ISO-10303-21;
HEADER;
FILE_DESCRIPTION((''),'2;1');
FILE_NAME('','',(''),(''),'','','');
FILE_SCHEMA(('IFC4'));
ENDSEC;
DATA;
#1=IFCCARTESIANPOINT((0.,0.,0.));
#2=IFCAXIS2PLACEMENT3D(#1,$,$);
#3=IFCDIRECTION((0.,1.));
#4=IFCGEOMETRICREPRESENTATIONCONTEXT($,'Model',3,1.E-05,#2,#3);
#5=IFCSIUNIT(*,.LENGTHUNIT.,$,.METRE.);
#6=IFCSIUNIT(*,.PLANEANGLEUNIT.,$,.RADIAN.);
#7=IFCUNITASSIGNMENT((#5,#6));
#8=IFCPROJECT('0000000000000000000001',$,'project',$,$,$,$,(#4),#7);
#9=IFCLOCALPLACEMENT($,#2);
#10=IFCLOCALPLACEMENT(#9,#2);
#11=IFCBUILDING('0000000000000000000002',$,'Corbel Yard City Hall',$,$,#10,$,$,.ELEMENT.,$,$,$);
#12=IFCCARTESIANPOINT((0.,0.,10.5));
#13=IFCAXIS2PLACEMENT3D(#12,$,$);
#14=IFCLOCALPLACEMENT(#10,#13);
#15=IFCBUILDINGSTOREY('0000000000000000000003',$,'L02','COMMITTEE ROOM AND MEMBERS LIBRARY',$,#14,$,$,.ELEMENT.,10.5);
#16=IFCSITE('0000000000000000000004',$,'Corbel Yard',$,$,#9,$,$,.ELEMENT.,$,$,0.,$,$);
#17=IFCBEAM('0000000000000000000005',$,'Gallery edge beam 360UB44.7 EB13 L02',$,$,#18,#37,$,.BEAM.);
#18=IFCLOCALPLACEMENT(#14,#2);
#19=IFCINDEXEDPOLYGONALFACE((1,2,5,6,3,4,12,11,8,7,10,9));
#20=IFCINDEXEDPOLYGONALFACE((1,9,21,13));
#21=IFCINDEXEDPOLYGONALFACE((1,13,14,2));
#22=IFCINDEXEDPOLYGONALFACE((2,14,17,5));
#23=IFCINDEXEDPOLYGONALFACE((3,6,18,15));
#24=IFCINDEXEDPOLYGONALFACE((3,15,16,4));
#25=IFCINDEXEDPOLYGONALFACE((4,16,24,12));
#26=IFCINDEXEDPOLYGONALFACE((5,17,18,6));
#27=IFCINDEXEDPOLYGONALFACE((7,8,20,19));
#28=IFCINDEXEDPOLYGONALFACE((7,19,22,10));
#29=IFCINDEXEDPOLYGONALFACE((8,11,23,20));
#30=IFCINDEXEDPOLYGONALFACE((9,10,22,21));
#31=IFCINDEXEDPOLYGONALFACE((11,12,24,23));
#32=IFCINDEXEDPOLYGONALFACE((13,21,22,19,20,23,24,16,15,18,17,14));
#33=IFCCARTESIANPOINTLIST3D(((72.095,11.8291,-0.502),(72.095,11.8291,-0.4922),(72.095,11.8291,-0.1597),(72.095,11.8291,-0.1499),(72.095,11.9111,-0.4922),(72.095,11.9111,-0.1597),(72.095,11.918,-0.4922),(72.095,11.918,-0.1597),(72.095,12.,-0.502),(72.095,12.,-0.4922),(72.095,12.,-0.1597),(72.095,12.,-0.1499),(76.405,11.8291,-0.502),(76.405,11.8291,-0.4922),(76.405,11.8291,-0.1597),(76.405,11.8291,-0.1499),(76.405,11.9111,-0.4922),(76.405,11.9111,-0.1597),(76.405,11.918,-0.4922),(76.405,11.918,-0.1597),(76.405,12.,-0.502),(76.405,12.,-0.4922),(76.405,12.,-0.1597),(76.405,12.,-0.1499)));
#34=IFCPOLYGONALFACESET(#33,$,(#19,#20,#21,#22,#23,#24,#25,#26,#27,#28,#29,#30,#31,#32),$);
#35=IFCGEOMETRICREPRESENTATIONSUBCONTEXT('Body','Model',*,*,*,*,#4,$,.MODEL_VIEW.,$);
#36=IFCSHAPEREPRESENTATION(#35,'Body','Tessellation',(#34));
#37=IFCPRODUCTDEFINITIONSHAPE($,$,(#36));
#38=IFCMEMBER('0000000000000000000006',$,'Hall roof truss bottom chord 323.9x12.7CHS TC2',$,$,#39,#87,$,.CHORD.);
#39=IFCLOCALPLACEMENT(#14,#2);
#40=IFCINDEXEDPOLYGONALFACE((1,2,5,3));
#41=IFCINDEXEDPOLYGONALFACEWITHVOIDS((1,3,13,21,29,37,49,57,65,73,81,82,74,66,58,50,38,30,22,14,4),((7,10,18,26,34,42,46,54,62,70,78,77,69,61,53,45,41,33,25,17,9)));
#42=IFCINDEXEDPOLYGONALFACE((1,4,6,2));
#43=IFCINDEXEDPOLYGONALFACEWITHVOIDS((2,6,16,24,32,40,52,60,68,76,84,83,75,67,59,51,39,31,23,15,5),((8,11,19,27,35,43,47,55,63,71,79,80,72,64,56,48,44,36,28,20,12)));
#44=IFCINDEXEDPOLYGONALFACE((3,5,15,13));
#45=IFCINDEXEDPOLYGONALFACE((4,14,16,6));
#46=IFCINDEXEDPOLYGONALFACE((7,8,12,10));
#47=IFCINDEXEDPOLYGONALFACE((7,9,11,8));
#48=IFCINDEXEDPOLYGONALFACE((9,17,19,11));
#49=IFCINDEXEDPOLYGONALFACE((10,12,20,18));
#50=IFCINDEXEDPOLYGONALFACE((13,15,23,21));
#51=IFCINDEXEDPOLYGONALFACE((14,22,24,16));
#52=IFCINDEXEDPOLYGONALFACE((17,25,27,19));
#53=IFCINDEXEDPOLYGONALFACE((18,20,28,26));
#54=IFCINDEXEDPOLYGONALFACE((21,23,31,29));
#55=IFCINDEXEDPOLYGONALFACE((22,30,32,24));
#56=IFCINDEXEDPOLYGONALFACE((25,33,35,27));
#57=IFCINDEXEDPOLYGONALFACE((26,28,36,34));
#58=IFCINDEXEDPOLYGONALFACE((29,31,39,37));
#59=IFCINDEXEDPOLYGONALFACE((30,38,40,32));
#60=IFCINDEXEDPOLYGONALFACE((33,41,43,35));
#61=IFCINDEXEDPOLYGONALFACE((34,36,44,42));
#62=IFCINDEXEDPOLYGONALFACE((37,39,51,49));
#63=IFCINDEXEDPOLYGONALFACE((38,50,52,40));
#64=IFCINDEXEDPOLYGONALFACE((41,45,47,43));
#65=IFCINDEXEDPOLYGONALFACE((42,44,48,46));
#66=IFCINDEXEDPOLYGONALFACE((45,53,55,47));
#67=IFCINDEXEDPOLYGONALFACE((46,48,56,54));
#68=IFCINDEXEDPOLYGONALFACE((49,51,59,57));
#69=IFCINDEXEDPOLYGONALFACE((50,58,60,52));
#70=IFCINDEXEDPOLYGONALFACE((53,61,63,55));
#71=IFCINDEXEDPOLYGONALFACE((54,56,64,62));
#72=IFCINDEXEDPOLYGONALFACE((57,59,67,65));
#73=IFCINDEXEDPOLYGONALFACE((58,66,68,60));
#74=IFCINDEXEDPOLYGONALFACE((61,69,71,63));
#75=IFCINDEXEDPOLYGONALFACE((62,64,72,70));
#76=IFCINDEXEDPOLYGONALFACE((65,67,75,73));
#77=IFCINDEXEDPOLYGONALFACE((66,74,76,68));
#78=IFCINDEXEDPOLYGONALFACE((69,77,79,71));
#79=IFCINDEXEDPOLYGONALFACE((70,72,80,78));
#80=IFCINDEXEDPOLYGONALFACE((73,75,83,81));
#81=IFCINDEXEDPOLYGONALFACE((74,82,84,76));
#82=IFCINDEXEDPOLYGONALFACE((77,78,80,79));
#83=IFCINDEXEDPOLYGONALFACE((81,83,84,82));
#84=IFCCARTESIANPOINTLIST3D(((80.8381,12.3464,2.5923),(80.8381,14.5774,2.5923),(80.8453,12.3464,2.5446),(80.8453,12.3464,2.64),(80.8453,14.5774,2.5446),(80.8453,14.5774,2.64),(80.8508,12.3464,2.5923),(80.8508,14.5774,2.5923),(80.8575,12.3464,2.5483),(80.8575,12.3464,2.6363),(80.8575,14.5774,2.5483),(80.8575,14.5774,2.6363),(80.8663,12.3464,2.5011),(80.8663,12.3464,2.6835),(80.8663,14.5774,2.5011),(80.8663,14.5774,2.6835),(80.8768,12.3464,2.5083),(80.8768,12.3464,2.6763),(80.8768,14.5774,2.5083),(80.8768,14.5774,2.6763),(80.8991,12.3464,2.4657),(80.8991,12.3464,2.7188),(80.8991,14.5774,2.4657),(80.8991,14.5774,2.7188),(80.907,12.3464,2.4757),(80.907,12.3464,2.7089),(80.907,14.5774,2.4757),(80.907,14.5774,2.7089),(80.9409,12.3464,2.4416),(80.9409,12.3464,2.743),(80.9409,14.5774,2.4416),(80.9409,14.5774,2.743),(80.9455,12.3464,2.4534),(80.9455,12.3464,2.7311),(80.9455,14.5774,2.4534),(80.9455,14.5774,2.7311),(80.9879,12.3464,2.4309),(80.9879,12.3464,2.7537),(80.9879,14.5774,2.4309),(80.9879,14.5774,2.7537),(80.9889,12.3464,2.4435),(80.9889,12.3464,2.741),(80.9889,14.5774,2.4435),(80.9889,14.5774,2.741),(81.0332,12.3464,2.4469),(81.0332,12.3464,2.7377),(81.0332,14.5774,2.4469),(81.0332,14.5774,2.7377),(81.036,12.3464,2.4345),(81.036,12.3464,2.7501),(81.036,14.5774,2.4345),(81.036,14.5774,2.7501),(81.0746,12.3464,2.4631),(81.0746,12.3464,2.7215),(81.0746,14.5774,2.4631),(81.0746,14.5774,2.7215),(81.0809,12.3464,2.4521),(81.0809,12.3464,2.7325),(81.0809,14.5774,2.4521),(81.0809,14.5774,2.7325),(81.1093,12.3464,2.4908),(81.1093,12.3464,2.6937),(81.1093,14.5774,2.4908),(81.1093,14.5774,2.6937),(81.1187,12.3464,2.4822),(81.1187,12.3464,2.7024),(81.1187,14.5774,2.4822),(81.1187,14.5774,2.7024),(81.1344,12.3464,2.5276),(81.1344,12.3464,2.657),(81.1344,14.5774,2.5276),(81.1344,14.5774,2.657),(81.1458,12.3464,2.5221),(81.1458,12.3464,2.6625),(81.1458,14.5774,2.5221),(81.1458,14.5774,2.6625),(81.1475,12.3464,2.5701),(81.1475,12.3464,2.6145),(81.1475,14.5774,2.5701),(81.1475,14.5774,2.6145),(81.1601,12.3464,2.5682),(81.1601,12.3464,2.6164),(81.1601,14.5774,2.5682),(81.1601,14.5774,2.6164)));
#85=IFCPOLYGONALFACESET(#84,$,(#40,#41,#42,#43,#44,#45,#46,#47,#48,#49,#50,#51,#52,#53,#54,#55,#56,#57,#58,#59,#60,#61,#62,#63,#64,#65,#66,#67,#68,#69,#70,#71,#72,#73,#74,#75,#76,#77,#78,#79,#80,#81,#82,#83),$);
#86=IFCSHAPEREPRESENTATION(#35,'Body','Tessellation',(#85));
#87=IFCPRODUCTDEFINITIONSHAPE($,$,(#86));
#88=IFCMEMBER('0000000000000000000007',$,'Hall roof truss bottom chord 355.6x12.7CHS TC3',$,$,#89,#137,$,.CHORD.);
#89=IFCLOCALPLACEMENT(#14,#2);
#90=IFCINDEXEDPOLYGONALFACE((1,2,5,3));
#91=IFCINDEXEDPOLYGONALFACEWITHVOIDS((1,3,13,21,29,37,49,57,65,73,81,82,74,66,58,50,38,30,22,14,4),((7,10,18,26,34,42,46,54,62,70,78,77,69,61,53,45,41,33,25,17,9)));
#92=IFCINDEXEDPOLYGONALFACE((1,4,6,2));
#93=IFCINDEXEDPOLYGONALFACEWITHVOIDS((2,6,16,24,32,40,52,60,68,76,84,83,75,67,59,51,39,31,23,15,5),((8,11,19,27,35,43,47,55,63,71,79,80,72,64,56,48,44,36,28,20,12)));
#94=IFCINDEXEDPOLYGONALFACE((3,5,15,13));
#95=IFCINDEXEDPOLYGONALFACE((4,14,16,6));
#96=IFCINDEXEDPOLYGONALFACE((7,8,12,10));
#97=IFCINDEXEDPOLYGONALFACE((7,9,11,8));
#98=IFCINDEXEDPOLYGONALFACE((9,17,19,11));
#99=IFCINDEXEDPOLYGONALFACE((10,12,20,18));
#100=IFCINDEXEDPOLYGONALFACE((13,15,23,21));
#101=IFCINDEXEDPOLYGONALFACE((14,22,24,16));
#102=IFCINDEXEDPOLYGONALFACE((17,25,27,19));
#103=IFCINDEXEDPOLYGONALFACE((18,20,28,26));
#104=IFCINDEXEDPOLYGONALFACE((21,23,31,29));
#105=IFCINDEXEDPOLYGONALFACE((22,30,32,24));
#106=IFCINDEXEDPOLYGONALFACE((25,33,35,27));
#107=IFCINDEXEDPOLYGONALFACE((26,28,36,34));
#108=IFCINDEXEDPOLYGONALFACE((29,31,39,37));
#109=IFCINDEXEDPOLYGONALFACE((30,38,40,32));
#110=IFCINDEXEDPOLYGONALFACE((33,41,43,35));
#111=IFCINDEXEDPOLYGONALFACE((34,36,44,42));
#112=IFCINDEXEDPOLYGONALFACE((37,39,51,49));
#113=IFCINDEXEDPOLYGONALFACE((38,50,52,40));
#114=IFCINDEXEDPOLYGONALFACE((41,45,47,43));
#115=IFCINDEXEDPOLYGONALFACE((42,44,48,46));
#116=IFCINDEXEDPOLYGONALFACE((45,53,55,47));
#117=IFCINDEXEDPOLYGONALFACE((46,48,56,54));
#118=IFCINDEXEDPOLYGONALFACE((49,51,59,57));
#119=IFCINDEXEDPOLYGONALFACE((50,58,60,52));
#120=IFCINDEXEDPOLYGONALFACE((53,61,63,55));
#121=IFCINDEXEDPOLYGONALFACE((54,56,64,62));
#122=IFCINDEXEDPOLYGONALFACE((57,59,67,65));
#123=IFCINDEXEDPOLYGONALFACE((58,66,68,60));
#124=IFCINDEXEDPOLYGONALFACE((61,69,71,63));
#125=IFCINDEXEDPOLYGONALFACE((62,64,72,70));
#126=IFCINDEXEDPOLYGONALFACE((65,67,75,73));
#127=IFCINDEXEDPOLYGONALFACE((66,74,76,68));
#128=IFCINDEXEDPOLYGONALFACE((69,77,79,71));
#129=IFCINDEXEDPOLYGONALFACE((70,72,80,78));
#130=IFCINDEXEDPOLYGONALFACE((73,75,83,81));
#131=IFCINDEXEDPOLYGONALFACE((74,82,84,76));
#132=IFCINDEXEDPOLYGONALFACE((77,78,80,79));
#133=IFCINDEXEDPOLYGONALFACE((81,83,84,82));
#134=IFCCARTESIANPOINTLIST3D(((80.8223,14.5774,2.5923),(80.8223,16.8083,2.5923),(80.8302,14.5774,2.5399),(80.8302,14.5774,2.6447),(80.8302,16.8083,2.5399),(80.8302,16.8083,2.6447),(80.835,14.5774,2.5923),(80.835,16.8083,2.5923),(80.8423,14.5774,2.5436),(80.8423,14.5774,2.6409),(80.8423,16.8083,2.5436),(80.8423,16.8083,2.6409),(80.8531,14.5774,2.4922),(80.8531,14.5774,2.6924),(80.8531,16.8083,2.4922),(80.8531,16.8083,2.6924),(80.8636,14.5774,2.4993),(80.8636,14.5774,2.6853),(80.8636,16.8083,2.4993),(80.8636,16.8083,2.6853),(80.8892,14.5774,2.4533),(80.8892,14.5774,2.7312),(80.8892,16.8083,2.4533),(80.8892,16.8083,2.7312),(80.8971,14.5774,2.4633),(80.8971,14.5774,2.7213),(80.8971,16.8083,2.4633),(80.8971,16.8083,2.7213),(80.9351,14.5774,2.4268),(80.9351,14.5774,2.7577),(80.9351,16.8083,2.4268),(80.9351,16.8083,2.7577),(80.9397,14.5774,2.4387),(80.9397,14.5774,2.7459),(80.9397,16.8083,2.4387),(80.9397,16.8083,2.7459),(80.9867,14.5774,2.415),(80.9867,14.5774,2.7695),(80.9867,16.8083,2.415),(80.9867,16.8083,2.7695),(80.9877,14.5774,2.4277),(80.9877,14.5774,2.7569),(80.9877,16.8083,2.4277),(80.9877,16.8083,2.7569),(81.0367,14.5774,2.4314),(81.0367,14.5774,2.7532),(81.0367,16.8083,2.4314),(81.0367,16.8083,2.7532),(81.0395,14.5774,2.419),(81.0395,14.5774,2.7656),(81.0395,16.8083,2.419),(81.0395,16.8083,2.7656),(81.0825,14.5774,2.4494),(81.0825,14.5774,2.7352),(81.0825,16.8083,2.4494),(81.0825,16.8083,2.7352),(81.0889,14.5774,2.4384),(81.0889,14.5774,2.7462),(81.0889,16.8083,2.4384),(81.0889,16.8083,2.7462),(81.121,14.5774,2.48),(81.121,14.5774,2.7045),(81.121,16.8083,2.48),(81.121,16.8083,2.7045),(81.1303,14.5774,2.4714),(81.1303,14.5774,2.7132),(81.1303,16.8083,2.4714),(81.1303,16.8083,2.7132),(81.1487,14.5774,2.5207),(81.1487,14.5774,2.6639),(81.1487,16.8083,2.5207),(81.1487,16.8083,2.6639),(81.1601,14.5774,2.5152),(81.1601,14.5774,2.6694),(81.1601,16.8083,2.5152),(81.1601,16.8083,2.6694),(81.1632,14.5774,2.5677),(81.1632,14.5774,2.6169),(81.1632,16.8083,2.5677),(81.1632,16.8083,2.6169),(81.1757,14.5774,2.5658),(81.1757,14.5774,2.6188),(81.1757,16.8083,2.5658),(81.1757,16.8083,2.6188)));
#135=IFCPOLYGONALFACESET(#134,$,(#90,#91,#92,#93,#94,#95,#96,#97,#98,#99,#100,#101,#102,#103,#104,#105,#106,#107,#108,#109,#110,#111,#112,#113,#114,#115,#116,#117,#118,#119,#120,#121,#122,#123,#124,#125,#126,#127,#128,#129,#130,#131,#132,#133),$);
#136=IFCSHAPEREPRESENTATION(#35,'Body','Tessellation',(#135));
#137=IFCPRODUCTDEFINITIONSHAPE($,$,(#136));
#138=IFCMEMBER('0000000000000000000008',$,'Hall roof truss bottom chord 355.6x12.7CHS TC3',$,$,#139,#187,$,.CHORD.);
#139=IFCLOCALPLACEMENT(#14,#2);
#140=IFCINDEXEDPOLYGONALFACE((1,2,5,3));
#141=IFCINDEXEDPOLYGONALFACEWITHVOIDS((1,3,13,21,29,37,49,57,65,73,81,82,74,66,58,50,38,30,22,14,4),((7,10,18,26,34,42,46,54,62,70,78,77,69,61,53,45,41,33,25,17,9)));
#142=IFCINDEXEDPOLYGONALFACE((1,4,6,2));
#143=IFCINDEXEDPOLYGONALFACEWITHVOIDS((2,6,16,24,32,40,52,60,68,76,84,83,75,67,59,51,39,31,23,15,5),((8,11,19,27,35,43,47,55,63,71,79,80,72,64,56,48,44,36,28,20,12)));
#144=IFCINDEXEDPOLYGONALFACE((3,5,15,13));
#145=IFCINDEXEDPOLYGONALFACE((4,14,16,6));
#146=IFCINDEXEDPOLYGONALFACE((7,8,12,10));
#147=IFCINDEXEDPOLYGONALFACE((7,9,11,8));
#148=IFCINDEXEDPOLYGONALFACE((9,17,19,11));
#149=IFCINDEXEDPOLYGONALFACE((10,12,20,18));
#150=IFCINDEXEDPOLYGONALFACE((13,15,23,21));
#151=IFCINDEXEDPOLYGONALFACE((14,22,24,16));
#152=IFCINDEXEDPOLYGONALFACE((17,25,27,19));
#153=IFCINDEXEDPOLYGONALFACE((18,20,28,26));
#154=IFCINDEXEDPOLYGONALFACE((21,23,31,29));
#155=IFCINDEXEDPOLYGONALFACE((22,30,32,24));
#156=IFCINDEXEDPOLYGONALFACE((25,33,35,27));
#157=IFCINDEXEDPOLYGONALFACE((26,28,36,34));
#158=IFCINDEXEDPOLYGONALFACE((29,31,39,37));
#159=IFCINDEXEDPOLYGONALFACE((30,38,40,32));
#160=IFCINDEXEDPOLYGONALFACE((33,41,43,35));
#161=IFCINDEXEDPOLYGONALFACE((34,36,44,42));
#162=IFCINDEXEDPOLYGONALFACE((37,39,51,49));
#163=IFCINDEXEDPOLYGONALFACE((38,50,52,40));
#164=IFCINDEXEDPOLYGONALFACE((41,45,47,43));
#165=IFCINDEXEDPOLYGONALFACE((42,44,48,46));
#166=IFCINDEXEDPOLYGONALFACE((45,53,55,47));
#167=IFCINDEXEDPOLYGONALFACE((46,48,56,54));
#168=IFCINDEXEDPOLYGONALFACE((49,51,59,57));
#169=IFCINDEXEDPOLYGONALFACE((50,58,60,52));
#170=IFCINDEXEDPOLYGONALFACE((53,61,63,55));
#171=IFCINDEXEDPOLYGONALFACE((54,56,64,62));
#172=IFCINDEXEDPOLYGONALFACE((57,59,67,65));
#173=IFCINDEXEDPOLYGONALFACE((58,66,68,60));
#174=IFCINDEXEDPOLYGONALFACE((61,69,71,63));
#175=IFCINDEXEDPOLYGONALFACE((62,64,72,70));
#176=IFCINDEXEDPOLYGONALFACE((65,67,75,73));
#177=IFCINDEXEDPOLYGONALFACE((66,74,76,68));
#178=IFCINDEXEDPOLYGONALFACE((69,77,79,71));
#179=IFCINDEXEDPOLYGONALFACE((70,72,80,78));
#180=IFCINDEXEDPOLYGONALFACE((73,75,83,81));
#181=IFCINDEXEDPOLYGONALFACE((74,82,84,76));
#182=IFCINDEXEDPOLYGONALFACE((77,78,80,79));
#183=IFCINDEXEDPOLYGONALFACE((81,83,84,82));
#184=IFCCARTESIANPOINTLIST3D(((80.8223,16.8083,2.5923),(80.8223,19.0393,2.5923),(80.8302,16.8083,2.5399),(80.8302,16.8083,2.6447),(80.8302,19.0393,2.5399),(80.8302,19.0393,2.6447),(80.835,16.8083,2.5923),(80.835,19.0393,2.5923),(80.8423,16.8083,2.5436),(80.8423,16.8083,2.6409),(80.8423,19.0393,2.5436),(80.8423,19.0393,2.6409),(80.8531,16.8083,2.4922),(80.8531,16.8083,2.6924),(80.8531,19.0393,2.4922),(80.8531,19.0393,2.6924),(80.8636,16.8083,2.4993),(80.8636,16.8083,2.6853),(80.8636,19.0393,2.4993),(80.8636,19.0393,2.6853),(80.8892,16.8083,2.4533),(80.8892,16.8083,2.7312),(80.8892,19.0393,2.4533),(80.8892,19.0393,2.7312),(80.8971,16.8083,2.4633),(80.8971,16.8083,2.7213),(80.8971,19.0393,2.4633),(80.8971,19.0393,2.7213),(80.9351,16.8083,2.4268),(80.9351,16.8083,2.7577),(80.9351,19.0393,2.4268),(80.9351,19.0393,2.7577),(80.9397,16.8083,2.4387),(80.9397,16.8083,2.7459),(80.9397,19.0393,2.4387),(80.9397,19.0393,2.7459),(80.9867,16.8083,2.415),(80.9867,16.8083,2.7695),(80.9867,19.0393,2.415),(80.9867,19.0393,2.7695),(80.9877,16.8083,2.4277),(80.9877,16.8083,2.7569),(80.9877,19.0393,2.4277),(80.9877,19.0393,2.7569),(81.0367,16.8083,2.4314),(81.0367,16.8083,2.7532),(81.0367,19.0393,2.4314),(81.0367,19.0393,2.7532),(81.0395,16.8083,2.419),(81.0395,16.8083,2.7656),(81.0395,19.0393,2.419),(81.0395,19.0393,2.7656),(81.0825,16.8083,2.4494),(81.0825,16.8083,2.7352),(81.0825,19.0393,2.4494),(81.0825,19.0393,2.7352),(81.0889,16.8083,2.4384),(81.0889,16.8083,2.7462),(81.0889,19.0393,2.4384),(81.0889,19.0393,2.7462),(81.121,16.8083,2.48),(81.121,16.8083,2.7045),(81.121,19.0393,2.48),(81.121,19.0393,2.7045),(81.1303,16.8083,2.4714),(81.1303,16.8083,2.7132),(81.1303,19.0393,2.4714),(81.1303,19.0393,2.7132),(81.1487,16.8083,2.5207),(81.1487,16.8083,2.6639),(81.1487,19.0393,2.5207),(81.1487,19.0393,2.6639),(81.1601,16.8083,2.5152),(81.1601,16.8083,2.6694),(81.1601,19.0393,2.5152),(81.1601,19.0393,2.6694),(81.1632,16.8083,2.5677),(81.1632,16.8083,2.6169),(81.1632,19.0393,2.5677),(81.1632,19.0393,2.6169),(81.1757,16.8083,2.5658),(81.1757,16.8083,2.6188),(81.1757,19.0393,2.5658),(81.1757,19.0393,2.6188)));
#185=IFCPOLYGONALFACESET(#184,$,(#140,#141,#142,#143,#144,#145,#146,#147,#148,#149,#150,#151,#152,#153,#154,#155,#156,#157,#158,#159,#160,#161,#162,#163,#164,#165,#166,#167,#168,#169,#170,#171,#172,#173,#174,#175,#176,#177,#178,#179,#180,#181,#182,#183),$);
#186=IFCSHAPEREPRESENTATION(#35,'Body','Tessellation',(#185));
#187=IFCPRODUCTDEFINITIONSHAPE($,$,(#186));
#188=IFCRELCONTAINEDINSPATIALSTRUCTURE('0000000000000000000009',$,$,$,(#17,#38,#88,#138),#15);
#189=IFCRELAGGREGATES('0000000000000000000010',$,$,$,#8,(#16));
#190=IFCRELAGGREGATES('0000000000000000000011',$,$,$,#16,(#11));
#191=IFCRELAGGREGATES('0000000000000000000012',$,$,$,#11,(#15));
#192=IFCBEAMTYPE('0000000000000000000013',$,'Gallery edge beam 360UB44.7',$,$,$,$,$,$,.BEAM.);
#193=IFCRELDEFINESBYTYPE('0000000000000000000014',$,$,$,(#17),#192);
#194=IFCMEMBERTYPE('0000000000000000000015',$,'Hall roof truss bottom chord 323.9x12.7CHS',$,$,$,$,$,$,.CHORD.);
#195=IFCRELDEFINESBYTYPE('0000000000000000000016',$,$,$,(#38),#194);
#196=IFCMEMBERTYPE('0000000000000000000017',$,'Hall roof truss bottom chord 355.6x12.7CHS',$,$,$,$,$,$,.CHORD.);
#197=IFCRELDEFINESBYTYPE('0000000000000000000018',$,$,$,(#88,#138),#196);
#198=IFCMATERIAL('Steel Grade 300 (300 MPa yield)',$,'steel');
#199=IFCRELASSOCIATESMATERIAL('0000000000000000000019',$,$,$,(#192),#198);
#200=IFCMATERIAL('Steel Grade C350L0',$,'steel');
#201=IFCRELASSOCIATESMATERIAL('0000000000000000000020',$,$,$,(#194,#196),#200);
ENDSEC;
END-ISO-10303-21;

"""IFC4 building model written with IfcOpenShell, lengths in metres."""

from ifc_helpers import new_model, si_unit, direction, frame, origin, origin_2d, place, context, subcontext, project, spatial, hollow_circle, i_section, extrude, material, material_profile, profile_set, type_object, element, save


model = new_model("IFC4")

# Units and contexts
model_context = context("Model", 3, precision=1e-05, world=origin(), true_north=direction((0.0, 1.0)))
body_context = subcontext(model_context, "Body", "Model", "MODEL_VIEW")
ifc_project = project(units=[si_unit("LENGTHUNIT", "METRE"), si_unit("PLANEANGLEUNIT", "RADIAN")], contexts=[model_context])

# Site, building, storey
site_placement = place(None, origin())
site = spatial("IfcSite", under=ifc_project, at=site_placement, Name="Corbel Yard", CompositionType="ELEMENT", RefElevation=0.0)
building_placement = place(site_placement, origin())
building = spatial("IfcBuilding", under=site, at=building_placement, Name="Corbel Yard City Hall", CompositionType="ELEMENT")
storey_placement = place(building_placement, frame((0.0, 0.0, 10.5)))
storey = spatial("IfcBuildingStorey", under=building, at=storey_placement, Name="L02", Description="COMMITTEE ROOM AND MEMBERS LIBRARY", CompositionType="ELEMENT", Elevation=10.5)

# Beam
ifc_material_1 = material(Name="Steel Grade 300 (300 MPa yield)", Category="steel")
ifc_material_profile_1 = material_profile(ifc_material_1, i_section(OverallWidth=0.1709, OverallDepth=0.3521, WebThickness=0.0068, FlangeThickness=0.0098, at=origin_2d()), Name="360UB44.7")
ifc_profile_set_1 = profile_set([ifc_material_profile_1], Name="Steel Grade 300 (300 MPa yield)")
beam_type = type_object("IfcBeamType", Name="Gallery edge beam 360UB44.7", PredefinedType="BEAM", material=ifc_profile_set_1)
beam_placement = place(storey_placement, frame((72.095, 11.9146, -0.3259), z_axis=(1.0, 0.0, 0.0), x_axis=(0.0, 1.0, 0.0)))
element("IfcBeam", 1, at=beam_placement, inside=storey, type_object=beam_type, Name="Gallery edge beam 360UB44.7 EB13 L02", PredefinedType="BEAM", context=body_context, shape_type="SweptSolid", body=[
    extrude(i_section(OverallWidth=0.1709, OverallDepth=0.3521, WebThickness=0.0068, FlangeThickness=0.0098, at=origin_2d()), origin(), (0.0, 0.0, 1.0), 4.3101),
])

# Members
ifc_material_2 = material(Name="Steel Grade C350L0", Category="steel")
ifc_material_profile_2 = material_profile(ifc_material_2, hollow_circle(Radius=0.1619, WallThickness=0.0127, at=origin_2d()), Name="323.9x12.7CHS")
ifc_profile_set_2 = profile_set([ifc_material_profile_2], Name="Steel Grade C350L0")
member_type_1 = type_object("IfcMemberType", Name="Hall roof truss bottom chord 323.9x12.7CHS", PredefinedType="CHORD", material=ifc_profile_set_2)
member_1_placement = place(storey_placement, frame((81.0, 12.3464, 2.5923), z_axis=(0.0, 1.0, 0.0), x_axis=(-1.0, 0.0, 0.0)))
element("IfcMember", 2, at=member_1_placement, inside=storey, type_object=member_type_1, Name="Hall roof truss bottom chord 323.9x12.7CHS TC2", PredefinedType="CHORD", context=body_context, shape_type="SweptSolid", body=[
    extrude(hollow_circle(Radius=0.1619, WallThickness=0.0127, at=origin_2d()), origin(), (0.0, 0.0, 1.0), 2.231),
])
ifc_material_profile_3 = material_profile(ifc_material_2, hollow_circle(Radius=0.1777, WallThickness=0.0127, at=origin_2d()), Name="355.6x12.7CHS")
ifc_profile_set_3 = profile_set([ifc_material_profile_3], Name="Steel Grade C350L0")
member_type_2 = type_object("IfcMemberType", Name="Hall roof truss bottom chord 355.6x12.7CHS", PredefinedType="CHORD", material=ifc_profile_set_3)
for number, where, z_axis, x_axis, name in (
    (3, (81.0, 14.5774, 2.5923), (0.0, 1.0, 0.0), (-1.0, 0.0, 0.0), "Hall roof truss bottom chord 355.6x12.7CHS TC3"),
    (4, (81.0, 16.8083, 2.5923), (0.0, 1.0, 0.0), (-1.0, 0.0, 0.0), "Hall roof truss bottom chord 355.6x12.7CHS TC3"),
):
    element("IfcMember", number, at=place(storey_placement, frame(where, z_axis=z_axis, x_axis=x_axis)), inside=storey, type_object=member_type_2, Name=name, PredefinedType="CHORD", context=body_context, shape_type="SweptSolid", body=[
        extrude(hollow_circle(Radius=0.1777, WallThickness=0.0127, at=origin_2d()), origin(), (0.0, 0.0, 1.0), 2.231),
    ])

save(model, "model.ifc")
